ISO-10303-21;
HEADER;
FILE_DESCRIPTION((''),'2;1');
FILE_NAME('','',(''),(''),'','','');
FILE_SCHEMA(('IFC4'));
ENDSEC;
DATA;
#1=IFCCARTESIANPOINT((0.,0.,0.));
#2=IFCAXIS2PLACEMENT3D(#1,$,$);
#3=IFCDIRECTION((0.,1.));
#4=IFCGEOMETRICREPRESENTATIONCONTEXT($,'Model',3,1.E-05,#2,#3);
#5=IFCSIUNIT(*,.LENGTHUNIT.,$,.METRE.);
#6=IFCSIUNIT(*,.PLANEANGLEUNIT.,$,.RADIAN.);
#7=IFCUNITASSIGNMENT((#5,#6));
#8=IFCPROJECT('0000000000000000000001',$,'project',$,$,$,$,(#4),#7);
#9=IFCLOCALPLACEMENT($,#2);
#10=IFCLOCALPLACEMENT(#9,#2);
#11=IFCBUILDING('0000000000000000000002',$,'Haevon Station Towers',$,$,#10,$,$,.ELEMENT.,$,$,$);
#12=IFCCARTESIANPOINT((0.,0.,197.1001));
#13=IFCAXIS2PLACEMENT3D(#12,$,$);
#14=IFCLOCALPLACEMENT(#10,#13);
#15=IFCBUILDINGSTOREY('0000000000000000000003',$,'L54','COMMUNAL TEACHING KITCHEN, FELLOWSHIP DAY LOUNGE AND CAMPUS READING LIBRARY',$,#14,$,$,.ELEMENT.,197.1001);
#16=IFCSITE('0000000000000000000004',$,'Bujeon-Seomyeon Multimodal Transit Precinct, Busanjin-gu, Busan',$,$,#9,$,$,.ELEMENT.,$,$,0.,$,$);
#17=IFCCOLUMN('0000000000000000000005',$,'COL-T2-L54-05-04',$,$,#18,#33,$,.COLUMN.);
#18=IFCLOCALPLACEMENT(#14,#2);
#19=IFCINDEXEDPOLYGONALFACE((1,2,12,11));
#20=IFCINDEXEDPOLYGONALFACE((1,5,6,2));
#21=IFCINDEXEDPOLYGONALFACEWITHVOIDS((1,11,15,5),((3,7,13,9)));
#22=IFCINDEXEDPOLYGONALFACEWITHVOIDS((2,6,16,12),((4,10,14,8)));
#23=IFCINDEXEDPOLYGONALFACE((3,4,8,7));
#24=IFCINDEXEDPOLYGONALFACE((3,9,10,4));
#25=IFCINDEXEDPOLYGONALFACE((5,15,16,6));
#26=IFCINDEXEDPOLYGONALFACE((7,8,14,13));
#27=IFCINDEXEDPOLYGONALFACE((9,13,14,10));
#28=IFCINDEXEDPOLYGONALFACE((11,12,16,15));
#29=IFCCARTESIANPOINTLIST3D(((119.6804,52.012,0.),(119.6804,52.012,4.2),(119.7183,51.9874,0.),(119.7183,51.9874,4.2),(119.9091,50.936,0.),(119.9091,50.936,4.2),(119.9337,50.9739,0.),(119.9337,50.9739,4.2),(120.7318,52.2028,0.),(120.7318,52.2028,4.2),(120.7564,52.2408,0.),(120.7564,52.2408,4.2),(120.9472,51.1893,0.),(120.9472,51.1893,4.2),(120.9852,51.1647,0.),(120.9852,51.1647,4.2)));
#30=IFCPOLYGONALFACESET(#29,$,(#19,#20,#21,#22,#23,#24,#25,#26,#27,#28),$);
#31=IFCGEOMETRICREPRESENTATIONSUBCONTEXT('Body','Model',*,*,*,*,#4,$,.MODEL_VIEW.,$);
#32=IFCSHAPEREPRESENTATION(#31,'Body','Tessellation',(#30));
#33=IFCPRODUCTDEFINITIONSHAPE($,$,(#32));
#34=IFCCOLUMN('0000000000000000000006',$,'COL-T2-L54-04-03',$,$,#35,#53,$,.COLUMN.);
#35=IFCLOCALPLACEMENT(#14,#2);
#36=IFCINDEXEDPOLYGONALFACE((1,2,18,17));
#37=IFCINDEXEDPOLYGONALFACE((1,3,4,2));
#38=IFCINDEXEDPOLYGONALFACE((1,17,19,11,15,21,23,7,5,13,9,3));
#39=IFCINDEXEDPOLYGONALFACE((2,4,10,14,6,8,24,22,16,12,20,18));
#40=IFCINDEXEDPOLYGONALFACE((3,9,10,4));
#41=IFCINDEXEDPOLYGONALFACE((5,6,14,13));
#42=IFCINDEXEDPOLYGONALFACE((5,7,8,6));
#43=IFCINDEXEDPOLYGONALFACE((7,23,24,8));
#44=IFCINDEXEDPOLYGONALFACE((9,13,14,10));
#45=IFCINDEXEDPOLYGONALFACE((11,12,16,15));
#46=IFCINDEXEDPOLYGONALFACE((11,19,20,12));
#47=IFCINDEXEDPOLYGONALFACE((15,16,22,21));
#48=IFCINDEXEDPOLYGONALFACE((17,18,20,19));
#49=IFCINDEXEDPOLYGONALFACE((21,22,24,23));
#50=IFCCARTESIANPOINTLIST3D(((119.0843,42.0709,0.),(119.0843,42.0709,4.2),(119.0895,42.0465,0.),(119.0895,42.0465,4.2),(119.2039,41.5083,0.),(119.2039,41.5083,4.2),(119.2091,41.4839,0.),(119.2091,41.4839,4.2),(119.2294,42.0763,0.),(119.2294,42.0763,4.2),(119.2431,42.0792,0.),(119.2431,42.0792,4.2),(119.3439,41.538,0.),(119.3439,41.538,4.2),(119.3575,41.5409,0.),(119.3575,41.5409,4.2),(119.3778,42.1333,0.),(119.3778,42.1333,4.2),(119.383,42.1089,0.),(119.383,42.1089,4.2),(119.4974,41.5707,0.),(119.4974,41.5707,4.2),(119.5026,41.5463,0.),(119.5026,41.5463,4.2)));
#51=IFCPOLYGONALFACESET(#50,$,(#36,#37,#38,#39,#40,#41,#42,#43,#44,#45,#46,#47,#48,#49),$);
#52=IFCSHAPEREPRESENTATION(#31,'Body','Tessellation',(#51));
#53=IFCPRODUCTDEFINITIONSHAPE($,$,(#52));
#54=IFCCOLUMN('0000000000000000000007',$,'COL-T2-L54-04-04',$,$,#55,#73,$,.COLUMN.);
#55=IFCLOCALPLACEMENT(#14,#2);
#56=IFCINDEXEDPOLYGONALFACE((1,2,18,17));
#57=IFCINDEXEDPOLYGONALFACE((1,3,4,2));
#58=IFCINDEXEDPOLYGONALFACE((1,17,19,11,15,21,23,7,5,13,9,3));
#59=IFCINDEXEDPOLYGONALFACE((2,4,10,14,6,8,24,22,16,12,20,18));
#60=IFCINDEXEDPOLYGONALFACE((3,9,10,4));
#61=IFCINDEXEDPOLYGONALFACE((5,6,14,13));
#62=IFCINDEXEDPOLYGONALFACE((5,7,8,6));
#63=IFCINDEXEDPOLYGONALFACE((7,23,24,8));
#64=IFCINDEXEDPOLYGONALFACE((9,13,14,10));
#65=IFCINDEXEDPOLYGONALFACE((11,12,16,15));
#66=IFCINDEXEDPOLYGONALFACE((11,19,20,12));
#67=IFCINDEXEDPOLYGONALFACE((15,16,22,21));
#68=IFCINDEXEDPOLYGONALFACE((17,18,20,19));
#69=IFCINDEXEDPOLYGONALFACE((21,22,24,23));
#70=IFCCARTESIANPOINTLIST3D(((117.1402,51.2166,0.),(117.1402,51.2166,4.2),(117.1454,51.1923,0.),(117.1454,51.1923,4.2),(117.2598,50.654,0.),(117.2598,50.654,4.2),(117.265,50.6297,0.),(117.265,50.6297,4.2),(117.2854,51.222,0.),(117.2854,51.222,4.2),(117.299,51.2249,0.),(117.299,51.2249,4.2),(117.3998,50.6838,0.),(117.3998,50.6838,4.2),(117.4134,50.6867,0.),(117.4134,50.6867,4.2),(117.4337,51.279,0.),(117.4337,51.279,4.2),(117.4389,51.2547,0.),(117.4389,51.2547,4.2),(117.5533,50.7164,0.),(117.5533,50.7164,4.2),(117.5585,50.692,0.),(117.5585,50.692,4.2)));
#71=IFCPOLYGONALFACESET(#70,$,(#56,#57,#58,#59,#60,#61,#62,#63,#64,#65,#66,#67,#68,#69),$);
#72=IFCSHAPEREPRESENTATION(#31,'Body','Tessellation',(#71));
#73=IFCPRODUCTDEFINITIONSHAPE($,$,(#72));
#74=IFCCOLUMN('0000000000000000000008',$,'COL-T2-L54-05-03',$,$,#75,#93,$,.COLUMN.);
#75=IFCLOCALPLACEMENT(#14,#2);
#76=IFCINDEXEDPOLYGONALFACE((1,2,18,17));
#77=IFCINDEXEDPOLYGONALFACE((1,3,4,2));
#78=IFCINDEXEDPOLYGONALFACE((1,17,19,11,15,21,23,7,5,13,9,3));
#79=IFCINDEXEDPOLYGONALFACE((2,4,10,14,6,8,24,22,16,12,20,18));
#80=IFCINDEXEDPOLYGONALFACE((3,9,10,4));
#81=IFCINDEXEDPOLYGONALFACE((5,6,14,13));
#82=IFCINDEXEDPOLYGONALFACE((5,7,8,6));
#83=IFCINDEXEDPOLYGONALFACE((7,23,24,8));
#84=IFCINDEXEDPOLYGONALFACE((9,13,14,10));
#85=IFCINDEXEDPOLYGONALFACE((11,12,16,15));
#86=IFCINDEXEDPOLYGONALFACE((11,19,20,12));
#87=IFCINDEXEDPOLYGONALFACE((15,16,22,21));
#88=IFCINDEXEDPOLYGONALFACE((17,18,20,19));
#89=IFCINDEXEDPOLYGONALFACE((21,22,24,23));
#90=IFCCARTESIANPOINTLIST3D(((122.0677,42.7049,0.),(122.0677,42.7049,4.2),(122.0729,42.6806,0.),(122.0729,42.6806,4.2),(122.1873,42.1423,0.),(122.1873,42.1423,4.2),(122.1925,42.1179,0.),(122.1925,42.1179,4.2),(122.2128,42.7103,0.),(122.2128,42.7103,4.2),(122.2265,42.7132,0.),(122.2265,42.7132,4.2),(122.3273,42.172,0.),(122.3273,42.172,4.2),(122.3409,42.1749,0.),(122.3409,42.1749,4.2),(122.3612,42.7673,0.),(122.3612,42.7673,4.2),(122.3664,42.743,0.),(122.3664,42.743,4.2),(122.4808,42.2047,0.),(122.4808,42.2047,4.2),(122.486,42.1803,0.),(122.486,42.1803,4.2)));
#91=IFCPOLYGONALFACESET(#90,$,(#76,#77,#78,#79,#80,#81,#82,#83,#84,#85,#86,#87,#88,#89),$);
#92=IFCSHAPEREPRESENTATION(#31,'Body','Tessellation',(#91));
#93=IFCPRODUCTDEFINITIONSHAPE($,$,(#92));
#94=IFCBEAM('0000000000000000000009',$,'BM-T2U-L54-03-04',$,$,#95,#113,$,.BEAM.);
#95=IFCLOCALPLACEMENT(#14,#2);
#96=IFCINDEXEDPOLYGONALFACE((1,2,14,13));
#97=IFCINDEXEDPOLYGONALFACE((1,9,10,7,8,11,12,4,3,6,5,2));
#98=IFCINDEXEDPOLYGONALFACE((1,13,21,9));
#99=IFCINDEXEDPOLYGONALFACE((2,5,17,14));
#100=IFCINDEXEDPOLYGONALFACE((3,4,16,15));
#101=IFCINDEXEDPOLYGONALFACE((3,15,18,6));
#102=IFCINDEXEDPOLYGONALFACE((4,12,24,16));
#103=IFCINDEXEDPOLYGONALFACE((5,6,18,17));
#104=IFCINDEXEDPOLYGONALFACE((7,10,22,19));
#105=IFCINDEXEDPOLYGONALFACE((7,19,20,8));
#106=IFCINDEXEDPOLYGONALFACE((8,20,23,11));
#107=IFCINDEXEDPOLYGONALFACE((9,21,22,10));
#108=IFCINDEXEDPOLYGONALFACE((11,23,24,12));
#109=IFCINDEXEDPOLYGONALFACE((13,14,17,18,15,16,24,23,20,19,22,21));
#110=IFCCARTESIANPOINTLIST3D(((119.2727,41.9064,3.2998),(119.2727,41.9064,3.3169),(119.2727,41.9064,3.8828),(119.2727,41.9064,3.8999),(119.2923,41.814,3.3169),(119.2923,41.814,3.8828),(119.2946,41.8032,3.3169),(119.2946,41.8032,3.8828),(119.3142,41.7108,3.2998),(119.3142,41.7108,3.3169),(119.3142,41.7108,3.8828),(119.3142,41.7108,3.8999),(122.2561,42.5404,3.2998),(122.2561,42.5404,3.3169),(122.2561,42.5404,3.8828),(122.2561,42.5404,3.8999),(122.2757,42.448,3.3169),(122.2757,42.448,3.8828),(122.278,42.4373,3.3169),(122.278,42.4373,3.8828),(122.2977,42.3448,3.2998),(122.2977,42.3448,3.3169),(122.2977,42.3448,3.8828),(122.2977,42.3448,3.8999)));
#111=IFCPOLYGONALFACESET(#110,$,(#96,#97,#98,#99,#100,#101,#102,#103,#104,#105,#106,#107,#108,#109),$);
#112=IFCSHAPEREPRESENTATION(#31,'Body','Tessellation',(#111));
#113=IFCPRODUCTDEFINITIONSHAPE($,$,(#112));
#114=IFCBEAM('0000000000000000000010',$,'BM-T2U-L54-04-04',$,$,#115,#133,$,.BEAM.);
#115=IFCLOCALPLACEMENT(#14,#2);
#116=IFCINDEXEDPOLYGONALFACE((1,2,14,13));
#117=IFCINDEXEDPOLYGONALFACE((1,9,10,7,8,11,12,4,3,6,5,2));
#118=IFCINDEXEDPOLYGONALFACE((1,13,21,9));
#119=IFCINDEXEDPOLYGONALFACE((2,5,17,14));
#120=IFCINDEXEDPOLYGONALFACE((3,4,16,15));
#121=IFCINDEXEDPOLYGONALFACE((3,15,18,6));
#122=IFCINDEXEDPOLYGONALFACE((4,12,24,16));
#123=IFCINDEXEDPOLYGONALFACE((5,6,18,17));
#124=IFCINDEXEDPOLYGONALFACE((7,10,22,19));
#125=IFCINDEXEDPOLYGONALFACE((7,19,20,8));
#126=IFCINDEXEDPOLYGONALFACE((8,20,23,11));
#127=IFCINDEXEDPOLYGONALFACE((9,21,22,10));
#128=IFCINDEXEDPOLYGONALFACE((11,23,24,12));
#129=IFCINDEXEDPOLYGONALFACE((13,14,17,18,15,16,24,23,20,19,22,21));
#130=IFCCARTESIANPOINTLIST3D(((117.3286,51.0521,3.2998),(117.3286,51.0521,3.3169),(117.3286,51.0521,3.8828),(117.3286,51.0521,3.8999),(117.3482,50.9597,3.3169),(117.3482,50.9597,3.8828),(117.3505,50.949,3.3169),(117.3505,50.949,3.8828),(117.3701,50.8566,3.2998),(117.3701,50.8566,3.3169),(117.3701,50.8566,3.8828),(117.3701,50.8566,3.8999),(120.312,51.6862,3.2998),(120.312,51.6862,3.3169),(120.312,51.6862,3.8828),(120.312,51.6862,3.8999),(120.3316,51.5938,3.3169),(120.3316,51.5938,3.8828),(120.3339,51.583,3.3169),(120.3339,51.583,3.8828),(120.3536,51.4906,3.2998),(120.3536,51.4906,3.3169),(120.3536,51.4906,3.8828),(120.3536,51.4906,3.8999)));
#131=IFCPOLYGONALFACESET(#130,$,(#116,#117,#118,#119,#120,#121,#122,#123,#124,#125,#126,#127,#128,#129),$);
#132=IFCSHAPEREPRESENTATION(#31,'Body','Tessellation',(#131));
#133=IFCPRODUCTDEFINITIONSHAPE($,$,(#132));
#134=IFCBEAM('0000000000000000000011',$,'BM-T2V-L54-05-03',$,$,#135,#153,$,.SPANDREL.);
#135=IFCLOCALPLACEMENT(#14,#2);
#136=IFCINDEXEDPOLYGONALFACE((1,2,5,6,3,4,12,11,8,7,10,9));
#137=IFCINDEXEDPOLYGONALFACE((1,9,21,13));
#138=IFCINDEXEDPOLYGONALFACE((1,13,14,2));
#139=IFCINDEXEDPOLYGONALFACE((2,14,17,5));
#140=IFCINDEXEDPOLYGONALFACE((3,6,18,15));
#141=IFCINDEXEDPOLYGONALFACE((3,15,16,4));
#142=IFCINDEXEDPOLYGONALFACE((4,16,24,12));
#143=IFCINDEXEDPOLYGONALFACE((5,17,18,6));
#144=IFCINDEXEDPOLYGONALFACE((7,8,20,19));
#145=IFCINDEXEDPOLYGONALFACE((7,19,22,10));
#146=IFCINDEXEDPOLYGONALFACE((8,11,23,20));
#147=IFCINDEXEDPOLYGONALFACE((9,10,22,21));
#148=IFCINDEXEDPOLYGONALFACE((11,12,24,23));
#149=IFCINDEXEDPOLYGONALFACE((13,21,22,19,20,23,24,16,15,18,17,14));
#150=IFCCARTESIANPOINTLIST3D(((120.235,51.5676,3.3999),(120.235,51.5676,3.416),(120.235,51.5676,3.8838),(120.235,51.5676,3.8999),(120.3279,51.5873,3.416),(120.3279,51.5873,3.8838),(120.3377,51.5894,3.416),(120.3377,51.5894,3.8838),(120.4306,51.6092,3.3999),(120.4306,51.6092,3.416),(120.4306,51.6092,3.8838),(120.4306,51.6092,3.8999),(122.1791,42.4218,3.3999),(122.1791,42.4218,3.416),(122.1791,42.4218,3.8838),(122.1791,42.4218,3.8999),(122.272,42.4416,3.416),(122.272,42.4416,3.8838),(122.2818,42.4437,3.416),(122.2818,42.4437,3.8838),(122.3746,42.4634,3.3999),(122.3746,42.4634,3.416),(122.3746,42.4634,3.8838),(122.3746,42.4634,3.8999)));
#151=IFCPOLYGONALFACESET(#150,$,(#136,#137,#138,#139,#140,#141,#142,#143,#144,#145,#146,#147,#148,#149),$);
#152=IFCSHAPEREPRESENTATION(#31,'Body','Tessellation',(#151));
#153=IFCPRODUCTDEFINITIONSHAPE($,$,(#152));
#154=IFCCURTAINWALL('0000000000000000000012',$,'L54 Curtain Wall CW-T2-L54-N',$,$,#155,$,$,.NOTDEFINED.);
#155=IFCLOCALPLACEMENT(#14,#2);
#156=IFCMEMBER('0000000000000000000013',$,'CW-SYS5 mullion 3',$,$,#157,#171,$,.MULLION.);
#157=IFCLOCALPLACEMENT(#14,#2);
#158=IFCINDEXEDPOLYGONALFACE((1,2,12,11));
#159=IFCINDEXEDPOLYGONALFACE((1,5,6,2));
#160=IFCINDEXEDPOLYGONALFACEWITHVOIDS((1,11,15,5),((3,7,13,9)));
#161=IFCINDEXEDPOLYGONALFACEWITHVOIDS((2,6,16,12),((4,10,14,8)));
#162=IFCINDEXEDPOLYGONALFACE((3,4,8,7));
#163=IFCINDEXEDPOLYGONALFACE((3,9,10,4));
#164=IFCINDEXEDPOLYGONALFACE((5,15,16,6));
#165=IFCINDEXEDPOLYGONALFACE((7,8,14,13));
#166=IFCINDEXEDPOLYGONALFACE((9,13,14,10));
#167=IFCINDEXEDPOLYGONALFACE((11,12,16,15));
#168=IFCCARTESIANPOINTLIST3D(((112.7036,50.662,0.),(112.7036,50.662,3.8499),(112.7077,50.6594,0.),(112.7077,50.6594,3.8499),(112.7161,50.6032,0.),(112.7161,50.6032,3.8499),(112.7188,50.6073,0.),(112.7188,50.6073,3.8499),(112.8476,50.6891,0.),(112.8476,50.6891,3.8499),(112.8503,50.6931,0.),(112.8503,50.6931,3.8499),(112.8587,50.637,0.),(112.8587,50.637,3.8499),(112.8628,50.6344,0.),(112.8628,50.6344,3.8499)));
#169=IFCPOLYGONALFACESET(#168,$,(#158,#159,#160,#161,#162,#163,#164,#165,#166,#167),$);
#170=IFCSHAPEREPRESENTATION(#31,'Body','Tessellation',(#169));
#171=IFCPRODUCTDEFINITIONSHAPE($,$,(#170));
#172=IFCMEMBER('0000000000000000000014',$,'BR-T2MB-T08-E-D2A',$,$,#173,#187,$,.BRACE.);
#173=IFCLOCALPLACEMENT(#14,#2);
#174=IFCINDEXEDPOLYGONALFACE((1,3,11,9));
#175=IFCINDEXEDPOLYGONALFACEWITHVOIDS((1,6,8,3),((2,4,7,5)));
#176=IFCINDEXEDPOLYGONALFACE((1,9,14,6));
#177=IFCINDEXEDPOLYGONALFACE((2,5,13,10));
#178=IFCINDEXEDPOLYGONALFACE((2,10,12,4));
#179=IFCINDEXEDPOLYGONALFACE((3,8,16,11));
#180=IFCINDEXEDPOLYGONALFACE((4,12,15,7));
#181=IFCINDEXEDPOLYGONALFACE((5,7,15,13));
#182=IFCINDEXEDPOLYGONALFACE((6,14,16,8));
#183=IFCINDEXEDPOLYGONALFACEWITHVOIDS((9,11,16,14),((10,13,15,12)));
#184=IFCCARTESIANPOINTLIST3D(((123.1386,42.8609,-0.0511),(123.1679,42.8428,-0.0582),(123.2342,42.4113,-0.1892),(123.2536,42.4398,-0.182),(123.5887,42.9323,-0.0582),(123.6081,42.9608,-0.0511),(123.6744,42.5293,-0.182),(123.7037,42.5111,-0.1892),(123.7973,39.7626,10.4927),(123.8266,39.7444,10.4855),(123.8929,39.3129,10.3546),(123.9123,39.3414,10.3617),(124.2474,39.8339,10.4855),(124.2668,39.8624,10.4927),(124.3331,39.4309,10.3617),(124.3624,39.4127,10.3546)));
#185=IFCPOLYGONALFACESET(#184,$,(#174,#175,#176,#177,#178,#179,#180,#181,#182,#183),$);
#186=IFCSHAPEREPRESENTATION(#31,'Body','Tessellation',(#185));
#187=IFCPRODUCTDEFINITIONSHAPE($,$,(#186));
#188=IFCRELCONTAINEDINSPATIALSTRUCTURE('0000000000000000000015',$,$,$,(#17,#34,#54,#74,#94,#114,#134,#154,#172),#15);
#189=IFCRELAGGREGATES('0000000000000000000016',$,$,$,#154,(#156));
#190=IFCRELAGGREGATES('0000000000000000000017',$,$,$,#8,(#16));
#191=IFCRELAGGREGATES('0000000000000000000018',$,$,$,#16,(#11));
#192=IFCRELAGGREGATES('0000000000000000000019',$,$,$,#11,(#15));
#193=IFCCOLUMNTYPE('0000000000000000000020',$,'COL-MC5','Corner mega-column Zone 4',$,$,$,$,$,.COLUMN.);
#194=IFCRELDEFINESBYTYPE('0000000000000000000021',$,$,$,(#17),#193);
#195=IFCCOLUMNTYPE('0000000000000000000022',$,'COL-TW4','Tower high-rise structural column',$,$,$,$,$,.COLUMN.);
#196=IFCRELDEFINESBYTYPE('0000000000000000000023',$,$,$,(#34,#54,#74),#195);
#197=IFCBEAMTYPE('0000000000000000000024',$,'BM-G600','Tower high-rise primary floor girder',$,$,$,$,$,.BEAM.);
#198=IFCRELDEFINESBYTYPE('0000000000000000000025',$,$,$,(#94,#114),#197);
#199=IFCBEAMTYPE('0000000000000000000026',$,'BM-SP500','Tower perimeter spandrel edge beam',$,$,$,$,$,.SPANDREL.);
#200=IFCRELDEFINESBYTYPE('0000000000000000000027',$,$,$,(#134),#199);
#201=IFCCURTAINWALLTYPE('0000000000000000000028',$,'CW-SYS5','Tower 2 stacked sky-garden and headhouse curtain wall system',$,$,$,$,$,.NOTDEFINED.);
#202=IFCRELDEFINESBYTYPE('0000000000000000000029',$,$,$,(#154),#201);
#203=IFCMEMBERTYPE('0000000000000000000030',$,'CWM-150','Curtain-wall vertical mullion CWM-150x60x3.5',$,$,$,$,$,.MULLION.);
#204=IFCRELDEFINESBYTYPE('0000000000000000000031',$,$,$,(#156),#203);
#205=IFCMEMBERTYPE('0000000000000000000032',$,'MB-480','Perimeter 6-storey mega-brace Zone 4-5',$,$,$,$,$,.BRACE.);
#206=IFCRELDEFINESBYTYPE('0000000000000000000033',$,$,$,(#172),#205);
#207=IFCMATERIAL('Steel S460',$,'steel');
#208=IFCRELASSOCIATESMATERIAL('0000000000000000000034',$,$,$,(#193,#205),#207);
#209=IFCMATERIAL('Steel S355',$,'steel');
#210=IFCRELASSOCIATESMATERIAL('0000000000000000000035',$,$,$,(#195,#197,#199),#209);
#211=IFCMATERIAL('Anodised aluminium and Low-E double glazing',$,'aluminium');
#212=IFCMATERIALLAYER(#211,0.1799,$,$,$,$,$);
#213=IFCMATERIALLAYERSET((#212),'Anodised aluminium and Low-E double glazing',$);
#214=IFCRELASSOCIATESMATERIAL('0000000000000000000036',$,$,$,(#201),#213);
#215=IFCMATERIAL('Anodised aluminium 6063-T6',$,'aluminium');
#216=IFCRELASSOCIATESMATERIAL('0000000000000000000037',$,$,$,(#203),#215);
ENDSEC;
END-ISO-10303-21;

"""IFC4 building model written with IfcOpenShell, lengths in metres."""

from ifc_helpers import new_model, si_unit, direction, frame, origin, origin_2d, place, context, subcontext, project, spatial, hollow_rectangle, i_section, extrude, material, layer, layer_set, material_profile, profile_set, type_object, element, aggregate, save


model = new_model("IFC4")

# Units and contexts
model_context = context("Model", 3, precision=1e-05, world=origin(), true_north=direction((0.0, 1.0)))
body_context = subcontext(model_context, "Body", "Model", "MODEL_VIEW")
ifc_project = project(units=[si_unit("LENGTHUNIT", "METRE"), si_unit("PLANEANGLEUNIT", "RADIAN")], contexts=[model_context])

# Site, building, storey
site_placement = place(None, origin())
site = spatial("IfcSite", under=ifc_project, at=site_placement, Name="Bujeon-Seomyeon Multimodal Transit Precinct, Busanjin-gu, Busan", CompositionType="ELEMENT", RefElevation=0.0)
building_placement = place(site_placement, origin())
building = spatial("IfcBuilding", under=site, at=building_placement, Name="Haevon Station Towers", CompositionType="ELEMENT")
storey_placement = place(building_placement, frame((0.0, 0.0, 197.1001)))
storey = spatial("IfcBuildingStorey", under=building, at=storey_placement, Name="L54", Description="COMMUNAL TEACHING KITCHEN, FELLOWSHIP DAY LOUNGE AND CAMPUS READING LIBRARY", CompositionType="ELEMENT", Elevation=197.1001)

# Columns
ifc_material_1 = material(Name="Steel S460", Category="steel")
ifc_material_profile_1 = material_profile(ifc_material_1, hollow_rectangle(XDim=1.1001, YDim=1.1001, WallThickness=0.032, at=origin_2d()), Name="BOX-1100x1100x32")
ifc_profile_set_1 = profile_set([ifc_material_profile_1], Name="Steel S460")
column_type_1 = type_object("IfcColumnType", Name="COL-MC5", Description="Corner mega-column Zone 4", PredefinedType="COLUMN", material=ifc_profile_set_1)
column_placement = place(storey_placement, frame((120.3328, 51.5884, 0.0), z_axis=(0.0, 0.0, 1.0), x_axis=(0.978148, 0.207912, 0.0)))
element("IfcColumn", 1, at=column_placement, inside=storey, type_object=column_type_1, Name="COL-T2-L54-05-04", PredefinedType="COLUMN", context=body_context, shape_type="SweptSolid", body=[
    extrude(hollow_rectangle(XDim=1.1001, YDim=1.1001, WallThickness=0.032, at=origin_2d()), origin(), (0.0, 0.0, 1.0), 4.2),
])
ifc_material_2 = material(Name="Steel S355", Category="steel")
ifc_material_profile_2 = material_profile(ifc_material_2, i_section(OverallWidth=0.3, OverallDepth=0.6001, WebThickness=0.0139, FlangeThickness=0.0249, at=origin_2d()), Name="H-600x300x14x25")
ifc_profile_set_2 = profile_set([ifc_material_profile_2], Name="Steel S355")
column_type_2 = type_object("IfcColumnType", Name="COL-TW4", Description="Tower high-rise structural column", PredefinedType="COLUMN", material=ifc_profile_set_2)
for number, where, z_axis, x_axis, name in (
    (2, (119.2935, 41.8086, 0.0), (0.0, 0.0, 1.0), (0.978148, 0.207912, 0.0), "COL-T2-L54-04-03"),
    (3, (117.3494, 50.9543, 0.0), (0.0, 0.0, 1.0), (0.978148, 0.207912, 0.0), "COL-T2-L54-04-04"),
    (4, (122.2769, 42.4426, 0.0), (0.0, 0.0, 1.0), (0.978148, 0.207912, 0.0), "COL-T2-L54-05-03"),
):
    element("IfcColumn", number, at=place(storey_placement, frame(where, z_axis=z_axis, x_axis=x_axis)), inside=storey, type_object=column_type_2, Name=name, PredefinedType="COLUMN", context=body_context, shape_type="SweptSolid", body=[
        extrude(i_section(OverallWidth=0.3, OverallDepth=0.6001, WebThickness=0.0139, FlangeThickness=0.0249, at=origin_2d()), origin(), (0.0, 0.0, 1.0), 4.2),
    ])

# Beams
ifc_material_profile_3 = material_profile(ifc_material_2, i_section(OverallWidth=0.2, OverallDepth=0.6001, WebThickness=0.011, FlangeThickness=0.0171, at=origin_2d()), Name="H-600x200x11x17")
ifc_profile_set_3 = profile_set([ifc_material_profile_3], Name="Steel S355")
beam_type_1 = type_object("IfcBeamType", Name="BM-G600", Description="Tower high-rise primary floor girder", PredefinedType="BEAM", material=ifc_profile_set_3)
for number, where, z_axis, x_axis, name in (
    (5, (119.2935, 41.8086, 3.5999), (0.978155, 0.207878, 0.0), (-0.207878, 0.978155, 0.0), "BM-T2U-L54-03-04"),
    (6, (117.3494, 50.9543, 3.5999), (0.978155, 0.207878, 0.0), (-0.207878, 0.978155, 0.0), "BM-T2U-L54-04-04"),
):
    element("IfcBeam", number, at=place(storey_placement, frame(where, z_axis=z_axis, x_axis=x_axis)), inside=storey, type_object=beam_type_1, Name=name, PredefinedType="BEAM", context=body_context, shape_type="SweptSolid", body=[
        extrude(i_section(OverallWidth=0.2, OverallDepth=0.6001, WebThickness=0.011, FlangeThickness=0.0171, at=origin_2d()), origin(), (0.0, 0.0, 1.0), 3.05),
    ])
ifc_material_profile_4 = material_profile(ifc_material_2, i_section(OverallWidth=0.2, OverallDepth=0.5, WebThickness=0.01, FlangeThickness=0.0161, at=origin_2d()), Name="H-500x200x10x16")
ifc_profile_set_4 = profile_set([ifc_material_profile_4], Name="Steel S355")
beam_type_2 = type_object("IfcBeamType", Name="BM-SP500", Description="Tower perimeter spandrel edge beam", PredefinedType="SPANDREL", material=ifc_profile_set_4)
beam_placement = place(storey_placement, frame((122.2769, 42.4426, 3.6499), z_axis=(-0.207922, 0.978145, 0.0), x_axis=(-0.978145, -0.207922, 0.0)))
element("IfcBeam", 7, at=beam_placement, inside=storey, type_object=beam_type_2, Name="BM-T2V-L54-05-03", PredefinedType="SPANDREL", context=body_context, shape_type="SweptSolid", body=[
    extrude(i_section(OverallWidth=0.2, OverallDepth=0.5, WebThickness=0.01, FlangeThickness=0.0161, at=origin_2d()), origin(), (0.0, 0.0, 1.0), 9.3501),
])

# Curtain wall, member
ifc_material_3 = material(Name="Anodised aluminium and Low-E double glazing", Category="aluminium")
ifc_layer_1 = layer(ifc_material_3, 0.1799)
ifc_layer_set_1 = layer_set([ifc_layer_1], Name="Anodised aluminium and Low-E double glazing")
curtain_wall_type = type_object("IfcCurtainWallType", Name="CW-SYS5", Description="Tower 2 stacked sky-garden and headhouse curtain wall system", PredefinedType="NOTDEFINED", material=ifc_layer_set_1)
curtain_wall_placement = place(storey_placement, origin())
curtain_wall = element("IfcCurtainWall", 8, at=curtain_wall_placement, inside=storey, type_object=curtain_wall_type, Name="L54 Curtain Wall CW-T2-L54-N", PredefinedType="NOTDEFINED")
ifc_material_4 = material(Name="Anodised aluminium 6063-T6", Category="aluminium")
ifc_material_profile_5 = material_profile(ifc_material_4, hollow_rectangle(XDim=0.0601, YDim=0.1499, WallThickness=0.0034, at=origin_2d()), Name="CWM-150x60x3.5")
ifc_profile_set_5 = profile_set([ifc_material_profile_5], Name="Anodised aluminium 6063-T6")
member_type_1 = type_object("IfcMemberType", Name="CWM-150", Description="Curtain-wall vertical mullion CWM-150x60x3.5", PredefinedType="MULLION", material=ifc_profile_set_5)
member_1_placement = place(storey_placement, frame((112.7832, 50.6482, 0.0), z_axis=(0.0, 0.0, 1.0), x_axis=(-0.207912, 0.978148, 0.0)))
member_1 = element("IfcMember", 9, at=member_1_placement, type_object=member_type_1, Name="CW-SYS5 mullion 3", PredefinedType="MULLION", context=body_context, shape_type="SweptSolid", body=[
    extrude(hollow_rectangle(XDim=0.0601, YDim=0.1499, WallThickness=0.0034, at=origin_2d()), origin(), (0.0, 0.0, 1.0), 3.8499),
])
aggregate(curtain_wall, [member_1])

# Member
ifc_material_profile_6 = material_profile(ifc_material_1, hollow_rectangle(XDim=0.48, YDim=0.48, WallThickness=0.0249, at=origin_2d()), Name="RHS-480x480x25")
ifc_profile_set_6 = profile_set([ifc_material_profile_6], Name="Steel S460")
member_type_2 = type_object("IfcMemberType", Name="MB-480", Description="Perimeter 6-storey mega-brace Zone 4-5", PredefinedType="BRACE", material=ifc_profile_set_6)
member_2_placement = place(storey_placement, frame((123.4211, 42.686, -0.1201), z_axis=(0.059831, -0.281435, 0.957713), x_axis=(0.978141, 0.207944, 0.0)))
element("IfcMember", 10, at=member_2_placement, inside=storey, type_object=member_type_2, Name="BR-T2MB-T08-E-D2A", PredefinedType="BRACE", context=body_context, shape_type="SweptSolid", body=[
    extrude(hollow_rectangle(XDim=0.48, YDim=0.48, WallThickness=0.0249, at=origin_2d()), origin(), (0.0, 0.0, 1.0), 11.0093),
])

save(model, "model.ifc")
